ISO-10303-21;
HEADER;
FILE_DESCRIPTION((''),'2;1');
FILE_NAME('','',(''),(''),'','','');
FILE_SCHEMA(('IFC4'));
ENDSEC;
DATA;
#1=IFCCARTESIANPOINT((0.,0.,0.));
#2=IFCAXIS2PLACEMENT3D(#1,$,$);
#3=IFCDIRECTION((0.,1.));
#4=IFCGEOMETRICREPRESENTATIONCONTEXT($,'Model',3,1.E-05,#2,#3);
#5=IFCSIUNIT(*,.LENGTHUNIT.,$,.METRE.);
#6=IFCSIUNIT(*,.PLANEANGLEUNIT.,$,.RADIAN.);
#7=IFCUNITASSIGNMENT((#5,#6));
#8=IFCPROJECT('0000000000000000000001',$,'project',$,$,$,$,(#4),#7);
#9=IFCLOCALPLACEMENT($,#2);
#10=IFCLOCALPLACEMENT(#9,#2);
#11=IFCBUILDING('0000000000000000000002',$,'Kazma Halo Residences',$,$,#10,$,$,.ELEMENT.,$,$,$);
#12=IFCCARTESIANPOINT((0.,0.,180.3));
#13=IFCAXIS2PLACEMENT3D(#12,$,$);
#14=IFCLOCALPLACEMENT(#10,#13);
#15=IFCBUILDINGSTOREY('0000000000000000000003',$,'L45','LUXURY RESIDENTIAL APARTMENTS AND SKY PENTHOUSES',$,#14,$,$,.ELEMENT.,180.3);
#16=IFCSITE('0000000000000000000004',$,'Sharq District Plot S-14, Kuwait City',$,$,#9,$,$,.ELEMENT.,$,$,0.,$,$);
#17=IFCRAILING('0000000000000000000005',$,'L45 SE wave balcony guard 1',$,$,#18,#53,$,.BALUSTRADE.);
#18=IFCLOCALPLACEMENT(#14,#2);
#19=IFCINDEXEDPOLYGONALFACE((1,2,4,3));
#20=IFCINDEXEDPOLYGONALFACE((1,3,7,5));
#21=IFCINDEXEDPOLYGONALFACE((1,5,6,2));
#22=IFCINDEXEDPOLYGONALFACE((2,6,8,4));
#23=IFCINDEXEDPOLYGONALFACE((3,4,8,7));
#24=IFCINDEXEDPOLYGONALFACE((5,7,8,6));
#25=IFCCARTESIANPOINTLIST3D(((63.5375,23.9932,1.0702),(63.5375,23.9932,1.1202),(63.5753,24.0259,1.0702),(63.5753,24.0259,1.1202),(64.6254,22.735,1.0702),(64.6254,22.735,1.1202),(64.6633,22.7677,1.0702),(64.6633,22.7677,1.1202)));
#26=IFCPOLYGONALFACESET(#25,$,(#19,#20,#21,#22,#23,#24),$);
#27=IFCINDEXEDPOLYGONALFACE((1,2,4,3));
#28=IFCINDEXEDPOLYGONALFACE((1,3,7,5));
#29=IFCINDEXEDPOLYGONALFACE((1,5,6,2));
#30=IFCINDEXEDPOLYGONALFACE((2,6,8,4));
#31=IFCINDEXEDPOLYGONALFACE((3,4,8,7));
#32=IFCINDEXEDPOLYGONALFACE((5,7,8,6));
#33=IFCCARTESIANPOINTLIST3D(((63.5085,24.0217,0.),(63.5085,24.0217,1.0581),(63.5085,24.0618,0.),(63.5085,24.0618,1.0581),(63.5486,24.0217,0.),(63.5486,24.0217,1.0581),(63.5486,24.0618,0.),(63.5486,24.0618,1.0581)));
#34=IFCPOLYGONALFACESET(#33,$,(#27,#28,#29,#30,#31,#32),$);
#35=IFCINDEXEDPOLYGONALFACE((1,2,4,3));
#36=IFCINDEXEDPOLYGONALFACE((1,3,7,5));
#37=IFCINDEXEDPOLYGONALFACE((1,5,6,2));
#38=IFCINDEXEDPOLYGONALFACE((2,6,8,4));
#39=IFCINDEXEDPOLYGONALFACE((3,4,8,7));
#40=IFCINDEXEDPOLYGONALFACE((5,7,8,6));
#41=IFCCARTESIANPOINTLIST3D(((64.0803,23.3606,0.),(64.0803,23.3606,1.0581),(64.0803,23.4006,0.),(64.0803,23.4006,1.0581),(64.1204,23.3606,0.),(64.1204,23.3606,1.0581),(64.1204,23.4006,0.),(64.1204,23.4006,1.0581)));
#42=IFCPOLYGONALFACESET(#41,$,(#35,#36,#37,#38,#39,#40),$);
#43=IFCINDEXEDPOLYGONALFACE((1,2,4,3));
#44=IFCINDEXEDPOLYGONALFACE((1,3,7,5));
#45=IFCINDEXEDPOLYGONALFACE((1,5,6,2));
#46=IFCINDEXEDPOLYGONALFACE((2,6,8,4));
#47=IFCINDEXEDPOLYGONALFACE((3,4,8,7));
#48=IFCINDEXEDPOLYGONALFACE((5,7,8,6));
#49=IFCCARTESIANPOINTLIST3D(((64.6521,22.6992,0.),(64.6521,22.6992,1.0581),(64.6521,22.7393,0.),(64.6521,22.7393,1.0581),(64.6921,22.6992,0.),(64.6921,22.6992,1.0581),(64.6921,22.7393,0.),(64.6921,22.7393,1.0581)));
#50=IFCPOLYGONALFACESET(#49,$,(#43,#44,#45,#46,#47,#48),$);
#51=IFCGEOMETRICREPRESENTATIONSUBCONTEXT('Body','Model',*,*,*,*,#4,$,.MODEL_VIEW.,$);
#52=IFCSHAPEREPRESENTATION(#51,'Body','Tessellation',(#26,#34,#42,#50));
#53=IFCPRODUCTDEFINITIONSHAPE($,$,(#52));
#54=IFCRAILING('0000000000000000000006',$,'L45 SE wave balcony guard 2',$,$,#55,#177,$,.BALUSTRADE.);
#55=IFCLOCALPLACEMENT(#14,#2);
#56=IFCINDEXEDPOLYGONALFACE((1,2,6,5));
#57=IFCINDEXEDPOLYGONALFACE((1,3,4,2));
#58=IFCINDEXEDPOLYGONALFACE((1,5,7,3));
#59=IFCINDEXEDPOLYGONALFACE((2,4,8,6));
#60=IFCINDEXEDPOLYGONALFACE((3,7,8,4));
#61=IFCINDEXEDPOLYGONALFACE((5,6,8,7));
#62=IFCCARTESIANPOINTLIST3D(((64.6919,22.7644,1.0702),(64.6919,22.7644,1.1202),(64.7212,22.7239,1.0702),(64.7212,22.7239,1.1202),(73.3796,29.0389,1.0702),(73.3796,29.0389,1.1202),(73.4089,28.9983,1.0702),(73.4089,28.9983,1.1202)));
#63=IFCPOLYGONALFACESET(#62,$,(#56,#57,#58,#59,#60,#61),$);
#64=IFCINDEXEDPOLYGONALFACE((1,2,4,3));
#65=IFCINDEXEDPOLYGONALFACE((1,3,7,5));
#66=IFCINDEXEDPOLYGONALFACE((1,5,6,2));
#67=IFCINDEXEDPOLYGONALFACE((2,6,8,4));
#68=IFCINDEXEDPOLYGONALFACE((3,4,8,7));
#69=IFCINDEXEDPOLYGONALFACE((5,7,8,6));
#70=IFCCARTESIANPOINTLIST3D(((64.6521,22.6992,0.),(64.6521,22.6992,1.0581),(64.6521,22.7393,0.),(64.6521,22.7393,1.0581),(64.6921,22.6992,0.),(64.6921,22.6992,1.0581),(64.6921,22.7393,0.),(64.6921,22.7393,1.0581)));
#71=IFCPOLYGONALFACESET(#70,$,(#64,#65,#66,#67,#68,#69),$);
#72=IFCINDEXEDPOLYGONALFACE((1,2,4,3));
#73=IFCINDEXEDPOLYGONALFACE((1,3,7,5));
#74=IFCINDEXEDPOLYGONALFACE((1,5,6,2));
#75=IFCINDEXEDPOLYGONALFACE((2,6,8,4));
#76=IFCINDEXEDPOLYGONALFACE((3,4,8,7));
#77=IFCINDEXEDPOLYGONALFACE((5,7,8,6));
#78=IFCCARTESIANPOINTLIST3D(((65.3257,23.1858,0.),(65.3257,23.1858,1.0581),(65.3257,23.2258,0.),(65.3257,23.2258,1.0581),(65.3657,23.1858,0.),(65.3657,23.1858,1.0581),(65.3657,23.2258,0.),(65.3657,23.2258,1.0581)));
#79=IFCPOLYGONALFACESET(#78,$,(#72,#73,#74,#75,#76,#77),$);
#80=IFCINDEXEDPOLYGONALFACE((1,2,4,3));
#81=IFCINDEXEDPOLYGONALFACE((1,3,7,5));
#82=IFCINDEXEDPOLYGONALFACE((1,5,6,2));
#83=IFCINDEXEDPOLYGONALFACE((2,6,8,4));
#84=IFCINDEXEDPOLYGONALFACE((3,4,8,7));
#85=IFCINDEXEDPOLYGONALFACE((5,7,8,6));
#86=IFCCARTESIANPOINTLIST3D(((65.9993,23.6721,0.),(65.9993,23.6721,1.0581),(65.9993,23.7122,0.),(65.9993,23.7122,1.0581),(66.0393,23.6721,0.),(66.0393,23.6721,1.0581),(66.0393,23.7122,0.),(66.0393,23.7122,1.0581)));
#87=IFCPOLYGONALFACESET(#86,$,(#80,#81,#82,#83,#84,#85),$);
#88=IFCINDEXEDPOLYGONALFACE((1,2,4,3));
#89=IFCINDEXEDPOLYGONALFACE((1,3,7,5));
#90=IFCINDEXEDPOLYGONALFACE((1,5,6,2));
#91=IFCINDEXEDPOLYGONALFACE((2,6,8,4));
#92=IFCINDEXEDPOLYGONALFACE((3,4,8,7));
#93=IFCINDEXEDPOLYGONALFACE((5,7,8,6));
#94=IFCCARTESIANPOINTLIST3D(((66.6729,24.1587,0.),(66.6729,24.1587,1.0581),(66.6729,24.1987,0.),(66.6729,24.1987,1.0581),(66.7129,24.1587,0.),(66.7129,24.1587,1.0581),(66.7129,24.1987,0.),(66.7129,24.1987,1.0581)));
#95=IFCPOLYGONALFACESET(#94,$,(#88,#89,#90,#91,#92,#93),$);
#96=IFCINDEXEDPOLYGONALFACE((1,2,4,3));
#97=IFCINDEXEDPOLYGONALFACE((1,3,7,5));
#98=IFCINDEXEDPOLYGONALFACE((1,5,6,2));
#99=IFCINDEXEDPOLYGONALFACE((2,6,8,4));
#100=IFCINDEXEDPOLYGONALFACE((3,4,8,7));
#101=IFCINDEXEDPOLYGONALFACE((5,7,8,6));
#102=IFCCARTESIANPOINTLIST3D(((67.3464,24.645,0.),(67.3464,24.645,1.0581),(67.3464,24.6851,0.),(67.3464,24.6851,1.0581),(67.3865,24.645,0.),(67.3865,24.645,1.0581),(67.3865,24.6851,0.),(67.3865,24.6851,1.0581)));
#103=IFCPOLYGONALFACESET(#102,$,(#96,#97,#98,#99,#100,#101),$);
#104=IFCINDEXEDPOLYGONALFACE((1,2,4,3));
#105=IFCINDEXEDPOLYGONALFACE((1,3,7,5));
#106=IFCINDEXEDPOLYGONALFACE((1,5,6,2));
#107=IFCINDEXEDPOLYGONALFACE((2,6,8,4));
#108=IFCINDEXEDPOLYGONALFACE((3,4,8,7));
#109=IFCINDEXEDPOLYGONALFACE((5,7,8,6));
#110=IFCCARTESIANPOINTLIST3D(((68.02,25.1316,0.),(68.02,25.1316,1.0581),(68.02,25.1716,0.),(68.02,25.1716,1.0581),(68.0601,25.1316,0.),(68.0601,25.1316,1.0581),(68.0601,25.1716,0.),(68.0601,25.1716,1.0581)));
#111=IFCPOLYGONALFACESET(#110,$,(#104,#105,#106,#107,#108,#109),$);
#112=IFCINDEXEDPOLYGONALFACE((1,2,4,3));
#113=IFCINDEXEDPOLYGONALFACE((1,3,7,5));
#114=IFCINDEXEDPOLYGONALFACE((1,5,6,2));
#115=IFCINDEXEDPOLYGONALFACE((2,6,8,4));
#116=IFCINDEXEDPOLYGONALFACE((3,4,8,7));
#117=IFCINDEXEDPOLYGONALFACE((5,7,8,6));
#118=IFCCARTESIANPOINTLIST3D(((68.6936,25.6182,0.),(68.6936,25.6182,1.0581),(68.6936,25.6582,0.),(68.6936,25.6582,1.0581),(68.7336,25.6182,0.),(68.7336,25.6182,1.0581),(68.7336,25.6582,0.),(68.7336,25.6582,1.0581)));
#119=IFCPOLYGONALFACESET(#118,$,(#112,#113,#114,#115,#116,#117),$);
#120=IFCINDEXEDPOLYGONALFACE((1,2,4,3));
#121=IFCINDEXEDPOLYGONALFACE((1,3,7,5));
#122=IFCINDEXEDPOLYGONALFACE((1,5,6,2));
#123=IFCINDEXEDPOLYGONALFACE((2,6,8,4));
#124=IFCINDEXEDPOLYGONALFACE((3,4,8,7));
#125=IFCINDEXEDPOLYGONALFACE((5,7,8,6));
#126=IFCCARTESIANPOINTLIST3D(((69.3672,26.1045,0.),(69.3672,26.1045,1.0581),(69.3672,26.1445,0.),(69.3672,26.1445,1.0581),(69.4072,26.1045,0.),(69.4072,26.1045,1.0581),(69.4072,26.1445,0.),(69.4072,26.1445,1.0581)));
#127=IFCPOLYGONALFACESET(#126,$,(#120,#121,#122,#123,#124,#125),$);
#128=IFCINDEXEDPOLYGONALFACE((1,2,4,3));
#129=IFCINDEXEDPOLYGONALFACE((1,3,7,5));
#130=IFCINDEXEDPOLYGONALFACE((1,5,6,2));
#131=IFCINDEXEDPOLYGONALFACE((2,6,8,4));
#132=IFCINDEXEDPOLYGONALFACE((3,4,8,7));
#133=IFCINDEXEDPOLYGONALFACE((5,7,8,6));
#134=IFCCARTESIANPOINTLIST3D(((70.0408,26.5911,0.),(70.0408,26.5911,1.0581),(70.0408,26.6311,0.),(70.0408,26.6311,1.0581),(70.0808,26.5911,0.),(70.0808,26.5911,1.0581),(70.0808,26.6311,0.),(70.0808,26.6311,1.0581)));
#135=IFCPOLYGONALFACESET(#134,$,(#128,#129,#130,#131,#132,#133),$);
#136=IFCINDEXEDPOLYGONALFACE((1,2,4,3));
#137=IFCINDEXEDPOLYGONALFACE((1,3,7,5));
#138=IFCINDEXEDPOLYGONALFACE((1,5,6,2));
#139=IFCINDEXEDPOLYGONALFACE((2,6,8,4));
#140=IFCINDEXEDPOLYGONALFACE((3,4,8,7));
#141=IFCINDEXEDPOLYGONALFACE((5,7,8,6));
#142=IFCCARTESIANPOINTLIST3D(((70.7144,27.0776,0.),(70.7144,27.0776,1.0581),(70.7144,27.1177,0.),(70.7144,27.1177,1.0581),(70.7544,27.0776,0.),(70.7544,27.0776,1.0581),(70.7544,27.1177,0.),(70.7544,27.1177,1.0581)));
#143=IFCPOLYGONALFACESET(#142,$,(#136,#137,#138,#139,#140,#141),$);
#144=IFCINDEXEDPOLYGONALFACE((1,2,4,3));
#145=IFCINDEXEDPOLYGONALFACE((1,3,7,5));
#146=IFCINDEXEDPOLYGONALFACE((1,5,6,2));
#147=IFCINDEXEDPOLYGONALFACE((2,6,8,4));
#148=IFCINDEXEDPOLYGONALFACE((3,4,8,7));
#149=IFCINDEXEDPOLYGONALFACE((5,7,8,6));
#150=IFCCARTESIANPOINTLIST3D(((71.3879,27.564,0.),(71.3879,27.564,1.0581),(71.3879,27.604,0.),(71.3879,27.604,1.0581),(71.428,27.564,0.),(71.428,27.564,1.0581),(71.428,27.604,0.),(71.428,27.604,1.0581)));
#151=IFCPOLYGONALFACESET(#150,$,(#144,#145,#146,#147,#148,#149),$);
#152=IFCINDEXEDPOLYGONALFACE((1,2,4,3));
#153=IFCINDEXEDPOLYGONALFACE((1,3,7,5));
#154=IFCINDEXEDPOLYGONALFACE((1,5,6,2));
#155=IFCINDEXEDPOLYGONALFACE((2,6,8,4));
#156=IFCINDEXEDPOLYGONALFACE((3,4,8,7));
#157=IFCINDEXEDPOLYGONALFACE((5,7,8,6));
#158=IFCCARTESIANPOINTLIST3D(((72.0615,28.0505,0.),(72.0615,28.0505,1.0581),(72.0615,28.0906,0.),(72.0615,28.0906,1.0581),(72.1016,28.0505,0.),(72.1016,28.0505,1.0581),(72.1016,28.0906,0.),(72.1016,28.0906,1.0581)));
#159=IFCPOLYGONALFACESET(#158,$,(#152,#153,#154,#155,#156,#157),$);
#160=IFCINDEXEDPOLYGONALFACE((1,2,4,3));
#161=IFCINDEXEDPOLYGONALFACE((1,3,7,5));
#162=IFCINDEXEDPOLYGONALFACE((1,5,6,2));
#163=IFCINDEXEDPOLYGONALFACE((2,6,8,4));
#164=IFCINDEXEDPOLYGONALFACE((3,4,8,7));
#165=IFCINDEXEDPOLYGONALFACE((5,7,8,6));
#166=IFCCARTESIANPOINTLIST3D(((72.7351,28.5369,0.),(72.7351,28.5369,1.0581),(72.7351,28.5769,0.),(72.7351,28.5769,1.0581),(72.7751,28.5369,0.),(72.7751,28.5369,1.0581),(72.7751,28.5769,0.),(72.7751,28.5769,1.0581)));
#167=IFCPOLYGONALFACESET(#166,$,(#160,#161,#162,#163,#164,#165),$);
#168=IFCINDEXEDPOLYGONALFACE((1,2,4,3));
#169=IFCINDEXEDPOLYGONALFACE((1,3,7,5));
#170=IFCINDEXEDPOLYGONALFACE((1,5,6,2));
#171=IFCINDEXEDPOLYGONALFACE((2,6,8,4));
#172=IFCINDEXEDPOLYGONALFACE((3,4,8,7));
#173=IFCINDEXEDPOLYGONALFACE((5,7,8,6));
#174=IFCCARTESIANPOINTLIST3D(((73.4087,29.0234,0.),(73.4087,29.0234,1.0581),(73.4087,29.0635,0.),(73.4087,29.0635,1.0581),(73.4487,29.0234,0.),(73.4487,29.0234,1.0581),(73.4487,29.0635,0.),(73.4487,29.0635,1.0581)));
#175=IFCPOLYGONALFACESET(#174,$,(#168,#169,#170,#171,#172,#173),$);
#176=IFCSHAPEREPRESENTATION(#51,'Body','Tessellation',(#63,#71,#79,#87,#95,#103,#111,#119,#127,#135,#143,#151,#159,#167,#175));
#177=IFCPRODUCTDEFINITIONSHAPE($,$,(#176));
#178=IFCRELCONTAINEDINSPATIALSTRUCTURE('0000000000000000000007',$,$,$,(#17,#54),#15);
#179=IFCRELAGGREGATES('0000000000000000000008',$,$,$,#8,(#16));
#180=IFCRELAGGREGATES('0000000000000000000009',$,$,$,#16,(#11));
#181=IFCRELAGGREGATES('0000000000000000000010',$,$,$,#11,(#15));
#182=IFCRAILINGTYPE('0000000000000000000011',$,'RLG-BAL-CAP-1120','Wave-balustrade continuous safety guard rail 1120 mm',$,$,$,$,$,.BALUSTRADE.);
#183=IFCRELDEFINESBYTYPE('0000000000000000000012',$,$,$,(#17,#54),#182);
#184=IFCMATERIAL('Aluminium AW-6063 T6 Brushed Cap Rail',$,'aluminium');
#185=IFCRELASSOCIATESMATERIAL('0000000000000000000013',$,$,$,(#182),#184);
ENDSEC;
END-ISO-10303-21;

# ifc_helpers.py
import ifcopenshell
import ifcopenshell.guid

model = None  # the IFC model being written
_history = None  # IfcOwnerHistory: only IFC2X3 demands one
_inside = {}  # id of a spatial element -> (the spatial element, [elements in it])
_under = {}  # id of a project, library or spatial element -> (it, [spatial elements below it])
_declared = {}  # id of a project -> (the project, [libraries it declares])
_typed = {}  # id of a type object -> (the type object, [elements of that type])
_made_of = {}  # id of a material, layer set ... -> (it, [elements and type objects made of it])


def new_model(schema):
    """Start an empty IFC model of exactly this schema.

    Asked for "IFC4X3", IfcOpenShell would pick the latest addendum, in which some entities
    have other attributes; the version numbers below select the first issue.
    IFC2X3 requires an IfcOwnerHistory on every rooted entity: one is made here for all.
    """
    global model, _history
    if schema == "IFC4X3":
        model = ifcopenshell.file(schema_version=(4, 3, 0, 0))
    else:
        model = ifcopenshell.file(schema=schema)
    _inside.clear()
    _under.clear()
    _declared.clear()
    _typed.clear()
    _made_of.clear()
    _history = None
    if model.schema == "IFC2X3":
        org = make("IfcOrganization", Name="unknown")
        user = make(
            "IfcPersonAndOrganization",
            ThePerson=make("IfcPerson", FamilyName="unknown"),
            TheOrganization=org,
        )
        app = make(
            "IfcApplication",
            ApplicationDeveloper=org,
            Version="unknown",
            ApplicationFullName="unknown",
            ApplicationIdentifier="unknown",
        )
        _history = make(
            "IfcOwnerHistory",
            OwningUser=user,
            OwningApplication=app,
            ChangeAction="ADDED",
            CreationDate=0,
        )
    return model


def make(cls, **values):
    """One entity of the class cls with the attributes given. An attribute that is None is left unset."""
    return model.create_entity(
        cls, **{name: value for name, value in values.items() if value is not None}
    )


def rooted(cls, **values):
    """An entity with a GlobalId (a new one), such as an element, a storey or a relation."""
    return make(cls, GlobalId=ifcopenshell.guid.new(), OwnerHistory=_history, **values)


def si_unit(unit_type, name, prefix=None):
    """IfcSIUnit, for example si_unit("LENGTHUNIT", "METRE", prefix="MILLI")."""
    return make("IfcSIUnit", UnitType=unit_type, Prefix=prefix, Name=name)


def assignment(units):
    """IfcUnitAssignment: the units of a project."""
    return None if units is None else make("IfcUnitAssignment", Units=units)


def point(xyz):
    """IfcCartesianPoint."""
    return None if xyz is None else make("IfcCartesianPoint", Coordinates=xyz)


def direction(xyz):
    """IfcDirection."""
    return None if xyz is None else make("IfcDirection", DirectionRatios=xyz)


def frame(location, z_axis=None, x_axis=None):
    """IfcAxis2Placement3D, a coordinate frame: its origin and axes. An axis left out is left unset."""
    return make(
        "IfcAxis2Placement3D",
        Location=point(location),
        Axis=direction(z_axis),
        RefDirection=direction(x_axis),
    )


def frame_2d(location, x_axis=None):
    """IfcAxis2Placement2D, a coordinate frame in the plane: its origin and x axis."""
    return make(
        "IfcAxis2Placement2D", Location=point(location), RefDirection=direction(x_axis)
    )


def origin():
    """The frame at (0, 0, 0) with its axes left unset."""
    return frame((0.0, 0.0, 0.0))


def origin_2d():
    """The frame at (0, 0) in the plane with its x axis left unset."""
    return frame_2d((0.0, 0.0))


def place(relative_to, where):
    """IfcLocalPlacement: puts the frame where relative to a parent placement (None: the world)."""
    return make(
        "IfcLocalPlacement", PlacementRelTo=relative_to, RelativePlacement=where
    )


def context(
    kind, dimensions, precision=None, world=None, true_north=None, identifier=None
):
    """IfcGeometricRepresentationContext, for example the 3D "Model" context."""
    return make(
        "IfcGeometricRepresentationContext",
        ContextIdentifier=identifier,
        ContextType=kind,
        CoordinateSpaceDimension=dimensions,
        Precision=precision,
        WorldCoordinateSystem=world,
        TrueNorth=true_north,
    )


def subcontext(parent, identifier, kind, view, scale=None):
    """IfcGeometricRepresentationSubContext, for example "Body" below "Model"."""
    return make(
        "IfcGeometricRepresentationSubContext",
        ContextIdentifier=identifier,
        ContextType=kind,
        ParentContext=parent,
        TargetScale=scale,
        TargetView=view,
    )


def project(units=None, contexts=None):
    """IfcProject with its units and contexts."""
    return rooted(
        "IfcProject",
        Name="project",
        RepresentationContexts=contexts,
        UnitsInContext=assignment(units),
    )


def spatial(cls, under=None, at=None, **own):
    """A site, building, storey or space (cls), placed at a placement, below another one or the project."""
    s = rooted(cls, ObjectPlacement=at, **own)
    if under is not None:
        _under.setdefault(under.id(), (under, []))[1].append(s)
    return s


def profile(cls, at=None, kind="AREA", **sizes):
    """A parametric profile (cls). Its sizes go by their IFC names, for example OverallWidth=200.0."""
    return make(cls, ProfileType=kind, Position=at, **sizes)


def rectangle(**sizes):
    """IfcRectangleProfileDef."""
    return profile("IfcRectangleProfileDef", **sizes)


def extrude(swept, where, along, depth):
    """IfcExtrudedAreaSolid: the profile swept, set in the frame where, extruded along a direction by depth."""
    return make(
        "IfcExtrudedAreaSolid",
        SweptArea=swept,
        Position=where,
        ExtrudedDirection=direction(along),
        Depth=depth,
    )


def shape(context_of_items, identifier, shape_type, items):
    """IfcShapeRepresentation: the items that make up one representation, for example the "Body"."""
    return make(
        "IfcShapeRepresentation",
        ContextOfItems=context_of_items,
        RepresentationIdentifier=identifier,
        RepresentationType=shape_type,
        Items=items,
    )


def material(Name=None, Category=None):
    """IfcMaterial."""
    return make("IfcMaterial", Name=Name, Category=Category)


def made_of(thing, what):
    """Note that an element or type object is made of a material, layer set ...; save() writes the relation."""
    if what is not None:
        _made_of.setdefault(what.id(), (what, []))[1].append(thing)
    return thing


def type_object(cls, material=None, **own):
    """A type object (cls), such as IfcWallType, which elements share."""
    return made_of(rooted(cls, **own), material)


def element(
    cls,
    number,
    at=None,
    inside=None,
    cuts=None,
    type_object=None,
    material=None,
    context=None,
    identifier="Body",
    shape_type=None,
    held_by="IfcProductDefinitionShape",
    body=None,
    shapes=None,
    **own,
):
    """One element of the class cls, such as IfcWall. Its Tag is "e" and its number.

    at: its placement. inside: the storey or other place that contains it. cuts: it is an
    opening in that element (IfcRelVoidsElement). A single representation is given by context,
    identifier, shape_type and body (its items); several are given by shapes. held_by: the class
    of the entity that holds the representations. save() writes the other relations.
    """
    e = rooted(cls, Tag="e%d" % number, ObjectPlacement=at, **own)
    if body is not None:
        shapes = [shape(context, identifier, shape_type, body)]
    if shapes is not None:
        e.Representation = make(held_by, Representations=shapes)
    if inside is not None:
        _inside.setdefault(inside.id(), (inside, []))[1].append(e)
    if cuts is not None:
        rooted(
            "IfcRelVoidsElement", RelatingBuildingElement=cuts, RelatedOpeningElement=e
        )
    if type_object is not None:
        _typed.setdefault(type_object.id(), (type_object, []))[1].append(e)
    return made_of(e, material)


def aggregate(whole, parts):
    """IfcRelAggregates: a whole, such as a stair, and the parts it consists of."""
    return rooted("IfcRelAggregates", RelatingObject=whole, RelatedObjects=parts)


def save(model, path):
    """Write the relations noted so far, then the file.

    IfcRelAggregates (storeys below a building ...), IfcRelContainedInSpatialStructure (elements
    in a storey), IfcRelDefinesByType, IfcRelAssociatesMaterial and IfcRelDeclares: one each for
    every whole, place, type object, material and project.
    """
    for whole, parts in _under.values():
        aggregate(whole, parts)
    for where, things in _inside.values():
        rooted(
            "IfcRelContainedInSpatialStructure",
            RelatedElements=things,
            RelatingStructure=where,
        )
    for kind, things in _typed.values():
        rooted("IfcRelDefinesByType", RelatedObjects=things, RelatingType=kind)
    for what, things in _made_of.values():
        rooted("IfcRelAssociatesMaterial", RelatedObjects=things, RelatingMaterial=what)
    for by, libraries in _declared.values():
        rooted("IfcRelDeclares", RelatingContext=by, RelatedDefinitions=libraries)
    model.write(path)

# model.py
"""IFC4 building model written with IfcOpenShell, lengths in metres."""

from ifc_helpers import new_model, si_unit, direction, frame, origin, origin_2d, place, context, subcontext, project, spatial, rectangle, extrude, material, type_object, element, save


model = new_model("IFC4")

# Units and contexts
model_context = context("Model", 3, precision=1e-05, world=origin(), true_north=direction((0.0, 1.0)))
body_context = subcontext(model_context, "Body", "Model", "MODEL_VIEW")
ifc_project = project(units=[si_unit("LENGTHUNIT", "METRE"), si_unit("PLANEANGLEUNIT", "RADIAN")], contexts=[model_context])

# Site, building, storey
site_placement = place(None, origin())
site = spatial("IfcSite", under=ifc_project, at=site_placement, Name="Sharq District Plot S-14, Kuwait City", CompositionType="ELEMENT", RefElevation=0.0)
building_placement = place(site_placement, origin())
building = spatial("IfcBuilding", under=site, at=building_placement, Name="Kazma Halo Residences", CompositionType="ELEMENT")
storey_placement = place(building_placement, frame((0.0, 0.0, 180.3)))
storey = spatial("IfcBuildingStorey", under=building, at=storey_placement, Name="L45", Description="LUXURY RESIDENTIAL APARTMENTS AND SKY PENTHOUSES", CompositionType="ELEMENT", Elevation=180.3)

# Railings
ifc_material_1 = material(Name="Aluminium AW-6063 T6 Brushed Cap Rail", Category="aluminium")
railing_type = type_object("IfcRailingType", Name="RLG-BAL-CAP-1120", Description="Wave-balustrade continuous safety guard rail 1120 mm", PredefinedType="BALUSTRADE", material=ifc_material_1)
railing_1_placement = place(storey_placement, frame((63.5286, 24.0417, 0.0)))
element("IfcRailing", 1, at=railing_1_placement, inside=storey, type_object=railing_type, Name="L45 SE wave balcony guard 1", PredefinedType="BALUSTRADE", context=body_context, shape_type="SweptSolid", body=[
    extrude(rectangle(XDim=0.05, YDim=0.05, at=origin_2d()), frame((0.0278, -0.0322, 1.0952), z_axis=(0.654074, -0.75643, 0.0), x_axis=(0.75643, 0.654074, 0.0)), (0.0, 0.0, 1.0), 1.6633),
    extrude(rectangle(XDim=0.04, YDim=0.04, at=origin_2d()), origin(), (0.0, 0.0, 1.0), 1.0581),
    extrude(rectangle(XDim=0.04, YDim=0.04, at=origin_2d()), frame((0.5718, -0.6611, 0.0)), (0.0, 0.0, 1.0), 1.0581),
    extrude(rectangle(XDim=0.04, YDim=0.04, at=origin_2d()), frame((1.1436, -1.3225, 0.0)), (0.0, 0.0, 1.0), 1.0581),
])
railing_2_placement = place(storey_placement, frame((64.6721, 22.7192, 0.0)))
element("IfcRailing", 2, at=railing_2_placement, inside=storey, type_object=railing_type, Name="L45 SE wave balcony guard 2", PredefinedType="BALUSTRADE", context=body_context, shape_type="SweptSolid", body=[
    extrude(rectangle(XDim=0.05, YDim=0.05, at=origin_2d()), frame((0.0344, 0.0249, 1.0952), z_axis=(0.810679, 0.585491, 0.0), x_axis=(-0.585491, 0.810679, 0.0)), (0.0, 0.0, 1.0), 10.7166),
    extrude(rectangle(XDim=0.04, YDim=0.04, at=origin_2d()), origin(), (0.0, 0.0, 1.0), 1.0581),
    extrude(rectangle(XDim=0.04, YDim=0.04, at=origin_2d()), frame((0.6736, 0.4866, 0.0)), (0.0, 0.0, 1.0), 1.0581),
    extrude(rectangle(XDim=0.04, YDim=0.04, at=origin_2d()), frame((1.3472, 0.9729, 0.0)), (0.0, 0.0, 1.0), 1.0581),
    extrude(rectangle(XDim=0.04, YDim=0.04, at=origin_2d()), frame((2.0208, 1.4595, 0.0)), (0.0, 0.0, 1.0), 1.0581),
    extrude(rectangle(XDim=0.04, YDim=0.04, at=origin_2d()), frame((2.6943, 1.9458, 0.0)), (0.0, 0.0, 1.0), 1.0581),
    extrude(rectangle(XDim=0.04, YDim=0.04, at=origin_2d()), frame((3.3679, 2.4324, 0.0)), (0.0, 0.0, 1.0), 1.0581),
    extrude(rectangle(XDim=0.04, YDim=0.04, at=origin_2d()), frame((4.0415, 2.9189, 0.0)), (0.0, 0.0, 1.0), 1.0581),
    extrude(rectangle(XDim=0.04, YDim=0.04, at=origin_2d()), frame((4.7151, 3.4053, 0.0)), (0.0, 0.0, 1.0), 1.0581),
    extrude(rectangle(XDim=0.04, YDim=0.04, at=origin_2d()), frame((5.3887, 3.8918, 0.0)), (0.0, 0.0, 1.0), 1.0581),
    extrude(rectangle(XDim=0.04, YDim=0.04, at=origin_2d()), frame((6.0623, 4.3784, 0.0)), (0.0, 0.0, 1.0), 1.0581),
    extrude(rectangle(XDim=0.04, YDim=0.04, at=origin_2d()), frame((6.7358, 4.8647, 0.0)), (0.0, 0.0, 1.0), 1.0581),
    extrude(rectangle(XDim=0.04, YDim=0.04, at=origin_2d()), frame((7.4094, 5.3513, 0.0)), (0.0, 0.0, 1.0), 1.0581),
    extrude(rectangle(XDim=0.04, YDim=0.04, at=origin_2d()), frame((8.083, 5.8376, 0.0)), (0.0, 0.0, 1.0), 1.0581),
    extrude(rectangle(XDim=0.04, YDim=0.04, at=origin_2d()), frame((8.7566, 6.3242, 0.0)), (0.0, 0.0, 1.0), 1.0581),
])

save(model, "model.ifc")
